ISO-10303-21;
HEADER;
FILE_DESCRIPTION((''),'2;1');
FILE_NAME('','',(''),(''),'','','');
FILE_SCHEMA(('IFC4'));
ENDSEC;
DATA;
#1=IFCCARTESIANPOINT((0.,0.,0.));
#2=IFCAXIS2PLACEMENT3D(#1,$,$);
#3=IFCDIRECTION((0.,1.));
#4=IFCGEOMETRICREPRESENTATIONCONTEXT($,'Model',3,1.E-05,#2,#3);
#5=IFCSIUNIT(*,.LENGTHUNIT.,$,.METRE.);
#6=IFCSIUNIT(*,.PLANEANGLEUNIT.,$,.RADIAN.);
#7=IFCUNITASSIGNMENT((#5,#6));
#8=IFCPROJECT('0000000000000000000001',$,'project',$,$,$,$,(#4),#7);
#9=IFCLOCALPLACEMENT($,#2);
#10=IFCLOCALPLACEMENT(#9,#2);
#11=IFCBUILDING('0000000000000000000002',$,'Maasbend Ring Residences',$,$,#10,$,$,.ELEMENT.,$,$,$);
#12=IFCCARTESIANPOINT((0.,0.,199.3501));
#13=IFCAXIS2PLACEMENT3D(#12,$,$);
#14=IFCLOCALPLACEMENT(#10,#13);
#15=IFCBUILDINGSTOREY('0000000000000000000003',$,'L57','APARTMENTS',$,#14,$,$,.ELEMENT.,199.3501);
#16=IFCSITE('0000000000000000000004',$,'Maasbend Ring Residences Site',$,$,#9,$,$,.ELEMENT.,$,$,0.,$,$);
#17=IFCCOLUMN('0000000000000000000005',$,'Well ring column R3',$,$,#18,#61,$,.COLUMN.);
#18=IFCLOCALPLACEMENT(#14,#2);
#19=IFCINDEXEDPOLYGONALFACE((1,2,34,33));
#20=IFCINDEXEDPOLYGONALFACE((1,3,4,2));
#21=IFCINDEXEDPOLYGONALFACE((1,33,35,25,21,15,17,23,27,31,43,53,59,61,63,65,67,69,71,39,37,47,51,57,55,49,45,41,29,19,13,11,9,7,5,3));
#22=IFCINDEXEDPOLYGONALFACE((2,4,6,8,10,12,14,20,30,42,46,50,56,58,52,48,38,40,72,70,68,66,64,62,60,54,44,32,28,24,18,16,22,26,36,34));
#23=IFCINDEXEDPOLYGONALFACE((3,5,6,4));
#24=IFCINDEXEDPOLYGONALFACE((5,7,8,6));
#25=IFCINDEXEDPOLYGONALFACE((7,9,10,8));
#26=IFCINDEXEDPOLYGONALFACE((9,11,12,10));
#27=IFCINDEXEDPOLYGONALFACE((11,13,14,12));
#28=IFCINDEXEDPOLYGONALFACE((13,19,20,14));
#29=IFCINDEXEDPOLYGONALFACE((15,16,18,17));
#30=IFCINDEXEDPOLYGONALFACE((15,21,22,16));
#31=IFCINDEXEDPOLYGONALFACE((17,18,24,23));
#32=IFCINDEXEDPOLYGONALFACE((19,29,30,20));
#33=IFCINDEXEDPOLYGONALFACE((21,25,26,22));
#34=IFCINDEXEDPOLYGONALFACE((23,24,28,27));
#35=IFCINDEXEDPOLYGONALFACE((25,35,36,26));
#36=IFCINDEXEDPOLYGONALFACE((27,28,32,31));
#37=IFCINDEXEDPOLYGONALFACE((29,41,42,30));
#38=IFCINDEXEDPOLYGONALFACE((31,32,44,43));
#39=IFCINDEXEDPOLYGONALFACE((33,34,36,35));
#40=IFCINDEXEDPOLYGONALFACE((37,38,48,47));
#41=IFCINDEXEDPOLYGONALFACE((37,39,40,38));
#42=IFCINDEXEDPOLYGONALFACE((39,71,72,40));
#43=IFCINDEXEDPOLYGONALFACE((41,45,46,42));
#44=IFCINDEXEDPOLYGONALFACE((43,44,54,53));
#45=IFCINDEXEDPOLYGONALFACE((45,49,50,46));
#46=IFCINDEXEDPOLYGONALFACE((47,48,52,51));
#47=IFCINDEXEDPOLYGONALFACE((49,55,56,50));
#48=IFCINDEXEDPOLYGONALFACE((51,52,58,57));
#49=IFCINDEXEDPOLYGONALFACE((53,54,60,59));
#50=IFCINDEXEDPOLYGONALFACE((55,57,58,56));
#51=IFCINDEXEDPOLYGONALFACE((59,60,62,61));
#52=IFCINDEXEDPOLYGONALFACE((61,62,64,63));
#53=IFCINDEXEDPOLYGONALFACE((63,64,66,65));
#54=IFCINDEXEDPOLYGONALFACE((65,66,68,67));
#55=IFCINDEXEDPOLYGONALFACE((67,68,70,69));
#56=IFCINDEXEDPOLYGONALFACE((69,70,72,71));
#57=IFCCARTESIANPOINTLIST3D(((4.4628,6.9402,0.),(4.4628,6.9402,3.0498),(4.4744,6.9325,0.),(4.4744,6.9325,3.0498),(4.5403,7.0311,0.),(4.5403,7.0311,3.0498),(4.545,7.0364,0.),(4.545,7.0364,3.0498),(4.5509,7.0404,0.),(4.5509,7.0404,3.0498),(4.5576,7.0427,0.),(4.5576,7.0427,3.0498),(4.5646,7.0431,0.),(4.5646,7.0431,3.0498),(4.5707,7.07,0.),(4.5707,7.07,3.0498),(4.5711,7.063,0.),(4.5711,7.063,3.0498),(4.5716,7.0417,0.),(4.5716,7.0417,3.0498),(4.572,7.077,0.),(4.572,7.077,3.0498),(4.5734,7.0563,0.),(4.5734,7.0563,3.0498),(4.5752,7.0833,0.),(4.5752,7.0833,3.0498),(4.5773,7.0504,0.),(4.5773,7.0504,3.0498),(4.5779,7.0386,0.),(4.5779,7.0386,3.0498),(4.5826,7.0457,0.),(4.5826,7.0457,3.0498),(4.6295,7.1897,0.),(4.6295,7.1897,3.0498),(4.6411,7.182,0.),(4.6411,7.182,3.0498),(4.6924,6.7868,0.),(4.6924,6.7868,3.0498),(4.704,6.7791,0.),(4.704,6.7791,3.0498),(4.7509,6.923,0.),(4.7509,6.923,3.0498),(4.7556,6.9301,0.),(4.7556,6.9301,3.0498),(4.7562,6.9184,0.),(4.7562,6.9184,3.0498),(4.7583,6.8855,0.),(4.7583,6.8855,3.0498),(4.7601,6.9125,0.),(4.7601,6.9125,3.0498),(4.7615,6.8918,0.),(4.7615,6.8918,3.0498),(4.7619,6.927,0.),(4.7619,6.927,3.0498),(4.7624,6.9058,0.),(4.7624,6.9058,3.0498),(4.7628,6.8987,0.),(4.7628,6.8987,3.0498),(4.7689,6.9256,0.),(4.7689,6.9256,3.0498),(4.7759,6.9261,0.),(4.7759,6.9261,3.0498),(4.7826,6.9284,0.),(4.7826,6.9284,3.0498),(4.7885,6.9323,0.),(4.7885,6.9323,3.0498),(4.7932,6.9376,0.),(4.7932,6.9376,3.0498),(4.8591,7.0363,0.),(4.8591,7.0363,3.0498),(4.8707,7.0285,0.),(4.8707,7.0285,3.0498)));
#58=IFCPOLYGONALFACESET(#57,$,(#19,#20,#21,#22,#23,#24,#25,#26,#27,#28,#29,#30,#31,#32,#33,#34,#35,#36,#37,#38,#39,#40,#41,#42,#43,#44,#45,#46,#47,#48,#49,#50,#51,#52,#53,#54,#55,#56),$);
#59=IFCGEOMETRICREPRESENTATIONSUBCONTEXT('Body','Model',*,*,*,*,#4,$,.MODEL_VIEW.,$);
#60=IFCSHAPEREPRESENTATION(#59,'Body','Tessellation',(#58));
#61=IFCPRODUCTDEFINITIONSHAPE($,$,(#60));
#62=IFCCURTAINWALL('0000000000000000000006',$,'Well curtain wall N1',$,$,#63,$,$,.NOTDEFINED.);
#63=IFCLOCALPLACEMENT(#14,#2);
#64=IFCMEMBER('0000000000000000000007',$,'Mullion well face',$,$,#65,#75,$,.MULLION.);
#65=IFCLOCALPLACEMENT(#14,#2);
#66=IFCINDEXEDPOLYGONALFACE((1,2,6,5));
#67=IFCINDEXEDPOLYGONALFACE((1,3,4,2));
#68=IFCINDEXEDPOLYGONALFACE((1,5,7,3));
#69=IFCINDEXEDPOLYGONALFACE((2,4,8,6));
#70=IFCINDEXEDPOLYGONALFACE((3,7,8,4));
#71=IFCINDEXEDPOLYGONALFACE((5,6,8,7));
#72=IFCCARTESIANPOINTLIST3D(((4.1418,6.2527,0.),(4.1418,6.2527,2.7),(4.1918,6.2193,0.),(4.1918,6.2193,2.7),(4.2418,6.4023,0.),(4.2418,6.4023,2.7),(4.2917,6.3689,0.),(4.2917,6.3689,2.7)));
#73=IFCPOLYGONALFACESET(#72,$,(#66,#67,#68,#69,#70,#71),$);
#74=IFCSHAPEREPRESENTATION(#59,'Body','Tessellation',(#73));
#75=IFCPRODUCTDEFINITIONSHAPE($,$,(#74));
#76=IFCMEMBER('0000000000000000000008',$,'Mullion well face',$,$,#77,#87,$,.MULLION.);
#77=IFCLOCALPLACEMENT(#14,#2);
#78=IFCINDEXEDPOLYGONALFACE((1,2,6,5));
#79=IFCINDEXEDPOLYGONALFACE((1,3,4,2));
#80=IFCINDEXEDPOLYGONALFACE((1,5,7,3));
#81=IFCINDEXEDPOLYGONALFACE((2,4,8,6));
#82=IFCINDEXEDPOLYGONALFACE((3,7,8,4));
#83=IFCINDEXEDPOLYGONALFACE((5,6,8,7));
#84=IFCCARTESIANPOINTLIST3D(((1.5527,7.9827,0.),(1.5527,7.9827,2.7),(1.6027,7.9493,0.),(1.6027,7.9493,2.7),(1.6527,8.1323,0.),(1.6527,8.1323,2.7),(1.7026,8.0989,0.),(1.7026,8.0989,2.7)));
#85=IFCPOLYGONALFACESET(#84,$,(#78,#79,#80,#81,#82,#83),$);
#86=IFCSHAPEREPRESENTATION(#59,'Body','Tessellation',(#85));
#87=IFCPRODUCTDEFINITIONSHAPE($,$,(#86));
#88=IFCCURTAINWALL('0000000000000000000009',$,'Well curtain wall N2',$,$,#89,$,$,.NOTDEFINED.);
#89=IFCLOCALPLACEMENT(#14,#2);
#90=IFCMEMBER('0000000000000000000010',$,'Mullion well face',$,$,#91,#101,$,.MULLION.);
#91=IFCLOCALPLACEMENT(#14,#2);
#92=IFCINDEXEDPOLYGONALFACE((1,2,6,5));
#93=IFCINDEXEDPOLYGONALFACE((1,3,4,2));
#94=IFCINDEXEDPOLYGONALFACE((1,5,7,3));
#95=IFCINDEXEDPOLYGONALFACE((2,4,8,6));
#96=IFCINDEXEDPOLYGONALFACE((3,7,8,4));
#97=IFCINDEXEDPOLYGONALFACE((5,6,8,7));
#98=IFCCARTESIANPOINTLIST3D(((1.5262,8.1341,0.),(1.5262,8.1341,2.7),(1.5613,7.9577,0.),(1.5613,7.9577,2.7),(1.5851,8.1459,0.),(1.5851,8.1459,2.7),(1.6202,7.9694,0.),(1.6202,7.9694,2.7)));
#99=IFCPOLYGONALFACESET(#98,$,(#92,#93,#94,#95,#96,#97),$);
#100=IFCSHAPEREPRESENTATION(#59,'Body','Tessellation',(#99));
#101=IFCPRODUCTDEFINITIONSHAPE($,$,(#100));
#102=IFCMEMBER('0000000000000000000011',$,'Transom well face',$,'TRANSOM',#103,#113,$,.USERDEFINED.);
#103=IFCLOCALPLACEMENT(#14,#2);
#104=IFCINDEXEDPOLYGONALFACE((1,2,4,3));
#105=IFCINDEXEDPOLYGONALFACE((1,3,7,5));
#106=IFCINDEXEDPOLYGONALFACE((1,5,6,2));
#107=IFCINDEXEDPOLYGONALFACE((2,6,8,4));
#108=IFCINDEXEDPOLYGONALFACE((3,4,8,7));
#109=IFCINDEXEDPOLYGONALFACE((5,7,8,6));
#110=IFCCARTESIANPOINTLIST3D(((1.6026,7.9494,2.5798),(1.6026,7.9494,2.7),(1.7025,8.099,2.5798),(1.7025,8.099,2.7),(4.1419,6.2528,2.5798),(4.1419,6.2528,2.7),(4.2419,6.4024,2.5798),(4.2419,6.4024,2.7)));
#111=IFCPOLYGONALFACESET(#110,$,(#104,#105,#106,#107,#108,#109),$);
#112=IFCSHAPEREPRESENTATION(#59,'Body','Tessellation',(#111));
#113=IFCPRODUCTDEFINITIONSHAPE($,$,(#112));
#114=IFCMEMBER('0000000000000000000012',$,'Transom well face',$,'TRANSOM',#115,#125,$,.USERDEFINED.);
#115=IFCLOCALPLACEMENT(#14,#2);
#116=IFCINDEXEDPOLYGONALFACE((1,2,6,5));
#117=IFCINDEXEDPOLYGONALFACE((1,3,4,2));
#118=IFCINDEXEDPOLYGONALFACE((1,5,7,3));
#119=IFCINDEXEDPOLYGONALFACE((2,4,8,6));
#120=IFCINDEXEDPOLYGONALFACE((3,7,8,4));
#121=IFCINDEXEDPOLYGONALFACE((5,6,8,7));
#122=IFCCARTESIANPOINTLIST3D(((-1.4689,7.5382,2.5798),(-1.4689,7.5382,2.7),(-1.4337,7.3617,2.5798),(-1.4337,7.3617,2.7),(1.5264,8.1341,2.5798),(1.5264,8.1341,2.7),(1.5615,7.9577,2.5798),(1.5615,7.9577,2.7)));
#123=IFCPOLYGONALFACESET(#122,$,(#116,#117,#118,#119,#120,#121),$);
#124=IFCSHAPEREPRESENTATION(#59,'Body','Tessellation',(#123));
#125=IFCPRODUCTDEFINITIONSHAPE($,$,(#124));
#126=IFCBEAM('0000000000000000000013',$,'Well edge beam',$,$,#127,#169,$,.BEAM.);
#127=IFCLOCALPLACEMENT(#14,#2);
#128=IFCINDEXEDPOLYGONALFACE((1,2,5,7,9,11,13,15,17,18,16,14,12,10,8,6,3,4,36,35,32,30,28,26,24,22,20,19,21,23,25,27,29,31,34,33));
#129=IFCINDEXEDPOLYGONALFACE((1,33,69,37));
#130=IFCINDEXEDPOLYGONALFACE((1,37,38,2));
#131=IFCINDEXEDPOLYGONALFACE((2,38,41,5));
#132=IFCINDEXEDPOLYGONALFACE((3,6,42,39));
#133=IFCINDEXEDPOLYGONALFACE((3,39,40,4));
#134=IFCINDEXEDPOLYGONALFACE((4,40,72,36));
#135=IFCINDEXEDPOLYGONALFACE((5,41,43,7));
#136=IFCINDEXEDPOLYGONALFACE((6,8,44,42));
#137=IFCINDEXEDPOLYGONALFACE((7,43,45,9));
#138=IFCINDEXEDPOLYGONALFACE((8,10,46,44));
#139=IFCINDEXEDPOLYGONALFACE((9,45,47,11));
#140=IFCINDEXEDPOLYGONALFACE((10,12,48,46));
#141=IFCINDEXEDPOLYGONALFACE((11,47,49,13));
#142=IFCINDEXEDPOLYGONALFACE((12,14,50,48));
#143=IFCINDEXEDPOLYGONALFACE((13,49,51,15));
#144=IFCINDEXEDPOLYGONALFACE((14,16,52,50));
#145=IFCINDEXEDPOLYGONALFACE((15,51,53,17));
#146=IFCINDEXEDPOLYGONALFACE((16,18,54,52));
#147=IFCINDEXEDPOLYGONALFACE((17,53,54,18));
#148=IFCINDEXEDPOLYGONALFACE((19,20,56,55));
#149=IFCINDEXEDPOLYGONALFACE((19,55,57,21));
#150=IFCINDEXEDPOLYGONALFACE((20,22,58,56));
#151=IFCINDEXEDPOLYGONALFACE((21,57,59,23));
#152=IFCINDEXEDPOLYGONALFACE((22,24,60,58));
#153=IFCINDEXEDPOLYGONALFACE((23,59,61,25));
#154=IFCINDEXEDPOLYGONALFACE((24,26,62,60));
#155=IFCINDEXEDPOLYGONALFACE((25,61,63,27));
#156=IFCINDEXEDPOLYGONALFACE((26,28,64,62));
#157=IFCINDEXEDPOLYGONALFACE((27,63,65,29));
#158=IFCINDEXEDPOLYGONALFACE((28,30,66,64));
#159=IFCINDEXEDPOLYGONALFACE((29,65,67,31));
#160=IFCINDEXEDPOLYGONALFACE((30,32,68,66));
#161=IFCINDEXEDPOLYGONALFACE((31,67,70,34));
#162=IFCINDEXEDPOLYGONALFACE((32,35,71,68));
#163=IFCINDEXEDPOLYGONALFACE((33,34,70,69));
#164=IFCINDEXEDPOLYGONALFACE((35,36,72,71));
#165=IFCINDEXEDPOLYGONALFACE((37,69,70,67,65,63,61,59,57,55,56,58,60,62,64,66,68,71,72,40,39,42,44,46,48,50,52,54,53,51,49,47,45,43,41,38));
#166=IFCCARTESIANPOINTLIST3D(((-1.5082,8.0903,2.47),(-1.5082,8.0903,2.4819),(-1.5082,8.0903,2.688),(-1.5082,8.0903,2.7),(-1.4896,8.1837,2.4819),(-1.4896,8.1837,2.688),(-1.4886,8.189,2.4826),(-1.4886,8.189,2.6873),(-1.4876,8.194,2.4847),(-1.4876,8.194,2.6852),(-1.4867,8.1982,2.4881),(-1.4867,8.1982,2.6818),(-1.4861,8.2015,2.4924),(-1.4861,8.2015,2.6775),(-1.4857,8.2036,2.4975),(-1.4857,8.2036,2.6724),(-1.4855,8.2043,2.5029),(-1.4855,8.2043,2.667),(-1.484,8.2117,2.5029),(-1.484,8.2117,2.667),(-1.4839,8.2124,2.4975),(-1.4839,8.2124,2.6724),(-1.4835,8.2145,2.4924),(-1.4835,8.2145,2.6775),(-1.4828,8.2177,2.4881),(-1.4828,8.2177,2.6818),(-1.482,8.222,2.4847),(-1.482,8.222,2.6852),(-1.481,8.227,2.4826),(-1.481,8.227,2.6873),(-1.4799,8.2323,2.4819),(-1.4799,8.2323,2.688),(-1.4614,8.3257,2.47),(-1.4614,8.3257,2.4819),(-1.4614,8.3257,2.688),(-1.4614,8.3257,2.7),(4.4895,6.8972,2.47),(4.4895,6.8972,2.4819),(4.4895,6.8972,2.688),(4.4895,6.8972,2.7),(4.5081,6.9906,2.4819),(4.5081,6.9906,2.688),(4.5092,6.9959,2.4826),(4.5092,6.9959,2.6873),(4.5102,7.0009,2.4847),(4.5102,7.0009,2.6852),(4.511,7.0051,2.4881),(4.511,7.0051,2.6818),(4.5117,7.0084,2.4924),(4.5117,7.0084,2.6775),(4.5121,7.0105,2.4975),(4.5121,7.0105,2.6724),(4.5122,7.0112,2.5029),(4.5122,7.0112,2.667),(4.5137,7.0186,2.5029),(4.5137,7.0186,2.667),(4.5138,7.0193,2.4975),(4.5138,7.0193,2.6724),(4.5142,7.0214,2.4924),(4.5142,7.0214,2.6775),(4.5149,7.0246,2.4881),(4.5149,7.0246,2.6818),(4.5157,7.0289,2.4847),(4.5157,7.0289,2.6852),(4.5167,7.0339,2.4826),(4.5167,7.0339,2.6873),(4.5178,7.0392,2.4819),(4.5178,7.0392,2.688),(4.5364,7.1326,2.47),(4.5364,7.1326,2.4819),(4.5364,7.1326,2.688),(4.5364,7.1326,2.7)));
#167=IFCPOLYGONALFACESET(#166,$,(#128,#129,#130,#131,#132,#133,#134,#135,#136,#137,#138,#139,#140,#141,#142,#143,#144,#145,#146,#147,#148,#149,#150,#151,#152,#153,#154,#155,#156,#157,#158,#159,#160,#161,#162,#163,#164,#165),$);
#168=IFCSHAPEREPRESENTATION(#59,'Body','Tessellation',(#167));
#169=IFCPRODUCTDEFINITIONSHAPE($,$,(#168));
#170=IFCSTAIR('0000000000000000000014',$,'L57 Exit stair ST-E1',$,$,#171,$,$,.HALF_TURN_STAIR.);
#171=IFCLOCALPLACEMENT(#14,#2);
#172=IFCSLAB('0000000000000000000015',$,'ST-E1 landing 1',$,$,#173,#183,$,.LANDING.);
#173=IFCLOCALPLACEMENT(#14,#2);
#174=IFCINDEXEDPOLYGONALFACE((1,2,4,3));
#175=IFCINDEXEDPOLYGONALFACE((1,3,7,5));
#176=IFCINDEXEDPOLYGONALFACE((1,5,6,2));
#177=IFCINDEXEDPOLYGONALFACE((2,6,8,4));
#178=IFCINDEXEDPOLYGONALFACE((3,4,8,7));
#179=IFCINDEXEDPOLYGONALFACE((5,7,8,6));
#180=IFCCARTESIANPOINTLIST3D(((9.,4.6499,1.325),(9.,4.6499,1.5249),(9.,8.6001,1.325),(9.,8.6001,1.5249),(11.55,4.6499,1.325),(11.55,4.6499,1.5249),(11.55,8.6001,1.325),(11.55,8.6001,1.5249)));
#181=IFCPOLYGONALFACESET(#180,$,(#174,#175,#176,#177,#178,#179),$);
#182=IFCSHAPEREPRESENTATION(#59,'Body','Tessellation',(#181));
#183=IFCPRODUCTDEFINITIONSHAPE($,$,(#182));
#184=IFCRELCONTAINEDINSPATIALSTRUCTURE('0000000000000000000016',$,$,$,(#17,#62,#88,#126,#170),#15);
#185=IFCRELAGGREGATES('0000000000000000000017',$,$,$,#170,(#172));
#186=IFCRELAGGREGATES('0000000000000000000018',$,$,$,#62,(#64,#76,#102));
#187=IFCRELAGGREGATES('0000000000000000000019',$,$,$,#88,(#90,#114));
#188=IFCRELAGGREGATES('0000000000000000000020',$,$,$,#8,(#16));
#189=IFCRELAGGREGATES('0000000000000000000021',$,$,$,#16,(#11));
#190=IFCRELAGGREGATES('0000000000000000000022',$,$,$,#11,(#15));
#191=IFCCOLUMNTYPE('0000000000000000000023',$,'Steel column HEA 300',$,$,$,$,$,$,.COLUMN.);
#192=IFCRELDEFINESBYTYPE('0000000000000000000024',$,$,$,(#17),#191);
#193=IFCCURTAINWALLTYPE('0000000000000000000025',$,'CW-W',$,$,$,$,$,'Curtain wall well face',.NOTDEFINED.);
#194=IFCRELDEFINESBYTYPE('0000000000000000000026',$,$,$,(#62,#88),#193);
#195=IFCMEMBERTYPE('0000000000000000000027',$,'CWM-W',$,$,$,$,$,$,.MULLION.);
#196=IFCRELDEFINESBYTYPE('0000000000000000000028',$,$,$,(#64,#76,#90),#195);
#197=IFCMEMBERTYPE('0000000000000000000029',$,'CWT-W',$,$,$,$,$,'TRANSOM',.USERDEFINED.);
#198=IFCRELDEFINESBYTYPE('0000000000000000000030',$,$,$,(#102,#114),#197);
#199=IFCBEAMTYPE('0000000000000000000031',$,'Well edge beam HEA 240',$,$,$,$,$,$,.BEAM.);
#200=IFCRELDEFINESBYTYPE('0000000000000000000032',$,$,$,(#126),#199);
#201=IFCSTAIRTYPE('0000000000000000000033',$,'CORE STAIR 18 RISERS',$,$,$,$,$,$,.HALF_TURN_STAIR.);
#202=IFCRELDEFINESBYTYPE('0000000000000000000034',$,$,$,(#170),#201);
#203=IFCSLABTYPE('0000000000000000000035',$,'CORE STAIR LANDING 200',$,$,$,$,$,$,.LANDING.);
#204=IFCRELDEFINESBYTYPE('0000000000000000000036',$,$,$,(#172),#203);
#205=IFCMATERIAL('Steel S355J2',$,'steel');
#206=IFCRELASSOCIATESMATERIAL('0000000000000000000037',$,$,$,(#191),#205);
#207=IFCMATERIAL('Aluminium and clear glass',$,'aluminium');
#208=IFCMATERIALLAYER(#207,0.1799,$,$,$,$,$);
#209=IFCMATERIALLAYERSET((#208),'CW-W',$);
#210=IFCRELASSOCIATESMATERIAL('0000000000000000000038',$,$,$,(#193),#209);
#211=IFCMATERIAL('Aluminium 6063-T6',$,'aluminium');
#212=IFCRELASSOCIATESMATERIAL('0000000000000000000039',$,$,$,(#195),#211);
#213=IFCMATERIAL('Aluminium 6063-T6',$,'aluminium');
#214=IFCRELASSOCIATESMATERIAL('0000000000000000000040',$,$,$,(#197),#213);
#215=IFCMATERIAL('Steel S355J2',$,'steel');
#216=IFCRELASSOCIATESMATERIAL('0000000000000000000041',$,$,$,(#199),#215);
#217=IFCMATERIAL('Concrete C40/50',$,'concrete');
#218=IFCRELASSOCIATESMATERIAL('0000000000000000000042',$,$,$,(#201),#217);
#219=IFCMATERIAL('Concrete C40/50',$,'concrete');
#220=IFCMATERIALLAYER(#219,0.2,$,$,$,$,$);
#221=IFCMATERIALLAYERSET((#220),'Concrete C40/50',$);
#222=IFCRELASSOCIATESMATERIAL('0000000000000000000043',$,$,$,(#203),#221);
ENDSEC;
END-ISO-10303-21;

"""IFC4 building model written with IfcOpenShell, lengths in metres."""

from ifc_helpers import new_model, si_unit, direction, frame, origin, origin_2d, place, context, subcontext, project, spatial, polyline, rectangle, i_section, outline, extrude, material, layer, layer_set, material_profile, profile_set, type_object, element, aggregate, save


model = new_model("IFC4")

# Units and contexts
model_context = context("Model", 3, precision=1e-05, world=origin(), true_north=direction((0.0, 1.0)))
body_context = subcontext(model_context, "Body", "Model", "MODEL_VIEW")
ifc_project = project(units=[si_unit("LENGTHUNIT", "METRE"), si_unit("PLANEANGLEUNIT", "RADIAN")], contexts=[model_context])

# Site, building, storey
site_placement = place(None, origin())
site = spatial("IfcSite", under=ifc_project, at=site_placement, Name="Maasbend Ring Residences Site", CompositionType="ELEMENT", RefElevation=0.0)
building_placement = place(site_placement, origin())
building = spatial("IfcBuilding", under=site, at=building_placement, Name="Maasbend Ring Residences", CompositionType="ELEMENT")
storey_placement = place(building_placement, frame((0.0, 0.0, 199.3501)))
storey = spatial("IfcBuildingStorey", under=building, at=storey_placement, Name="L57", Description="APARTMENTS", CompositionType="ELEMENT", Elevation=199.3501)

# Column
ifc_material_1 = material(Name="Steel S355J2", Category="steel")
ifc_material_profile_1 = material_profile(ifc_material_1, i_section(OverallWidth=0.3, OverallDepth=0.29, WebThickness=0.0085, FlangeThickness=0.0139, FilletRadius=0.0271, at=origin_2d()), Name="HEA 300")
ifc_profile_set_1 = profile_set([ifc_material_profile_1], Name="Steel S355J2")
column_type = type_object("IfcColumnType", Name="Steel column HEA 300", PredefinedType="COLUMN", material=ifc_profile_set_1)
column_placement = place(storey_placement, frame((4.6667, 6.9844, 0.0), z_axis=(0.0, 0.0, 1.0), x_axis=(0.55557, 0.83147, 0.0)))
element("IfcColumn", 1, at=column_placement, inside=storey, type_object=column_type, Name="Well ring column R3", PredefinedType="COLUMN", context=body_context, shape_type="SweptSolid", body=[
    extrude(i_section(OverallWidth=0.3, OverallDepth=0.29, WebThickness=0.0085, FlangeThickness=0.0139, FilletRadius=0.0271, at=origin_2d()), origin(), (0.0, 0.0, 1.0), 3.0498),
])

# Curtain wall, members
ifc_material_2 = material(Name="Aluminium and clear glass", Category="aluminium")
ifc_layer_1 = layer(ifc_material_2, 0.1799)
ifc_layer_set_1 = layer_set([ifc_layer_1], Name="CW-W")
curtain_wall_type = type_object("IfcCurtainWallType", Name="CW-W", ElementType="Curtain wall well face", PredefinedType="NOTDEFINED", material=ifc_layer_set_1)
curtain_wall_1_placement = place(storey_placement, origin())
curtain_wall_1 = element("IfcCurtainWall", 2, at=curtain_wall_1_placement, inside=storey, type_object=curtain_wall_type, Name="Well curtain wall N1", PredefinedType="NOTDEFINED")
ifc_material_3 = material(Name="Aluminium 6063-T6", Category="aluminium")
ifc_material_profile_2 = material_profile(ifc_material_3, rectangle(XDim=0.1799, YDim=0.0601, at=origin_2d()), Name="AL 180x60")
ifc_profile_set_2 = profile_set([ifc_material_profile_2], Name="Aluminium 6063-T6")
member_type_1 = type_object("IfcMemberType", Name="CWM-W", PredefinedType="MULLION", material=ifc_profile_set_2)
member_1_placement = place(storey_placement, frame((4.2168, 6.3108, 0.0), z_axis=(0.0, 0.0, 1.0), x_axis=(-0.55557, -0.83147, 0.0)))
member_1 = element("IfcMember", 3, at=member_1_placement, type_object=member_type_1, Name="Mullion well face", PredefinedType="MULLION", context=body_context, shape_type="SweptSolid", body=[
    extrude(rectangle(XDim=0.1799, YDim=0.0601, at=origin_2d()), origin(), (0.0, 0.0, 1.0), 2.7),
])
member_2_placement = place(storey_placement, frame((1.6277, 8.0408, 0.0), z_axis=(0.0, 0.0, 1.0), x_axis=(-0.55557, -0.83147, 0.0)))
member_2 = element("IfcMember", 4, at=member_2_placement, type_object=member_type_1, Name="Mullion well face", PredefinedType="MULLION", context=body_context, shape_type="SweptSolid", body=[
    extrude(rectangle(XDim=0.1799, YDim=0.0601, at=origin_2d()), origin(), (0.0, 0.0, 1.0), 2.7),
])

# Curtain wall, member
curtain_wall_2_placement = place(storey_placement, origin())
curtain_wall_2 = element("IfcCurtainWall", 5, at=curtain_wall_2_placement, inside=storey, type_object=curtain_wall_type, Name="Well curtain wall N2", PredefinedType="NOTDEFINED")
member_3_placement = place(storey_placement, frame((1.5732, 8.0518, 0.0), z_axis=(0.0, 0.0, 1.0), x_axis=(0.19509, -0.980785, 0.0)))
member_3 = element("IfcMember", 6, at=member_3_placement, type_object=member_type_1, Name="Mullion well face", PredefinedType="MULLION", context=body_context, shape_type="SweptSolid", body=[
    extrude(rectangle(XDim=0.1799, YDim=0.0601, at=origin_2d()), origin(), (0.0, 0.0, 1.0), 2.7),
])

# Members
ifc_material_4 = material(Name="Aluminium 6063-T6", Category="aluminium")
ifc_material_profile_3 = material_profile(ifc_material_4, rectangle(XDim=0.1799, YDim=0.1201, at=origin_2d()), Name="AL 180x120")
ifc_profile_set_3 = profile_set([ifc_material_profile_3], Name="Aluminium 6063-T6")
member_type_2 = type_object("IfcMemberType", Name="CWT-W", ElementType="TRANSOM", PredefinedType="USERDEFINED", material=ifc_profile_set_3)
member_4_placement = place(storey_placement, frame((4.1919, 6.3276, 2.6399), z_axis=(-0.831496, 0.55553, 0.0), x_axis=(-0.55553, -0.831496, 0.0)))
member_4 = element("IfcMember", 7, at=member_4_placement, type_object=member_type_2, Name="Transom well face", ObjectType="TRANSOM", PredefinedType="USERDEFINED", context=body_context, shape_type="SweptSolid", body=[
    extrude(rectangle(XDim=0.1799, YDim=0.1201, at=origin_2d()), origin(), (0.0, 0.0, 1.0), 3.054),
])
member_5_placement = place(storey_placement, frame((1.5439, 8.0459, 2.6399), z_axis=(-0.980777, -0.195132, 0.0), x_axis=(0.195132, -0.980777, 0.0)))
member_5 = element("IfcMember", 8, at=member_5_placement, type_object=member_type_2, Name="Transom well face", ObjectType="TRANSOM", PredefinedType="USERDEFINED", context=body_context, shape_type="SweptSolid", body=[
    extrude(rectangle(XDim=0.1799, YDim=0.1201, at=origin_2d()), origin(), (0.0, 0.0, 1.0), 3.054),
])

# Beam
ifc_material_5 = material(Name="Steel S355J2", Category="steel")
ifc_material_profile_4 = material_profile(ifc_material_5, i_section(OverallWidth=0.24, OverallDepth=0.23, WebThickness=0.0076, FlangeThickness=0.012, FilletRadius=0.021, at=origin_2d()), Name="HEA 240")
ifc_profile_set_4 = profile_set([ifc_material_profile_4], Name="Steel S355J2")
beam_type = type_object("IfcBeamType", Name="Well edge beam HEA 240", PredefinedType="BEAM", material=ifc_profile_set_4)
beam_placement = place(storey_placement, frame((4.5129, 7.0149, 2.585), z_axis=(-0.980783, 0.195103, 0.0), x_axis=(-0.195103, -0.980783, 0.0)))
element("IfcBeam", 9, at=beam_placement, inside=storey, type_object=beam_type, Name="Well edge beam", PredefinedType="BEAM", context=body_context, shape_type="SweptSolid", body=[
    extrude(i_section(OverallWidth=0.24, OverallDepth=0.23, WebThickness=0.0076, FlangeThickness=0.012, FilletRadius=0.021, at=origin_2d()), origin(), (0.0, 0.0, 1.0), 6.1152),
])

# Stair, slab
ifc_material_6 = material(Name="Concrete C40/50", Category="concrete")
stair_type = type_object("IfcStairType", Name="CORE STAIR 18 RISERS", PredefinedType="HALF_TURN_STAIR", material=ifc_material_6)
stair_1_placement = place(storey_placement, origin())
stair_1 = element("IfcStair", 10, at=stair_1_placement, inside=storey, type_object=stair_type, Name="L57 Exit stair ST-E1", PredefinedType="HALF_TURN_STAIR")
ifc_material_7 = material(Name="Concrete C40/50", Category="concrete")
ifc_layer_2 = layer(ifc_material_7, 0.2)
ifc_layer_set_2 = layer_set([ifc_layer_2], Name="Concrete C40/50")
slab_type = type_object("IfcSlabType", Name="CORE STAIR LANDING 200", PredefinedType="LANDING", material=ifc_layer_set_2)
slab_1_placement = place(storey_placement, frame((0.0, 0.0, 1.325)))
slab_1 = element("IfcSlab", 11, at=slab_1_placement, type_object=slab_type, Name="ST-E1 landing 1", PredefinedType="LANDING", context=body_context, shape_type="SweptSolid", body=[
    extrude(outline(polyline([(11.55, 8.6001), (9.0, 8.6001), (9.0, 4.6499), (11.55, 4.6499), (11.55, 8.6001)])), origin(), (0.0, 0.0, 1.0), 0.2),
])
aggregate(stair_1, [slab_1])

aggregate(curtain_wall_1, [member_1, member_2, member_4])
aggregate(curtain_wall_2, [member_3, member_5])

save(model, "model.ifc")
